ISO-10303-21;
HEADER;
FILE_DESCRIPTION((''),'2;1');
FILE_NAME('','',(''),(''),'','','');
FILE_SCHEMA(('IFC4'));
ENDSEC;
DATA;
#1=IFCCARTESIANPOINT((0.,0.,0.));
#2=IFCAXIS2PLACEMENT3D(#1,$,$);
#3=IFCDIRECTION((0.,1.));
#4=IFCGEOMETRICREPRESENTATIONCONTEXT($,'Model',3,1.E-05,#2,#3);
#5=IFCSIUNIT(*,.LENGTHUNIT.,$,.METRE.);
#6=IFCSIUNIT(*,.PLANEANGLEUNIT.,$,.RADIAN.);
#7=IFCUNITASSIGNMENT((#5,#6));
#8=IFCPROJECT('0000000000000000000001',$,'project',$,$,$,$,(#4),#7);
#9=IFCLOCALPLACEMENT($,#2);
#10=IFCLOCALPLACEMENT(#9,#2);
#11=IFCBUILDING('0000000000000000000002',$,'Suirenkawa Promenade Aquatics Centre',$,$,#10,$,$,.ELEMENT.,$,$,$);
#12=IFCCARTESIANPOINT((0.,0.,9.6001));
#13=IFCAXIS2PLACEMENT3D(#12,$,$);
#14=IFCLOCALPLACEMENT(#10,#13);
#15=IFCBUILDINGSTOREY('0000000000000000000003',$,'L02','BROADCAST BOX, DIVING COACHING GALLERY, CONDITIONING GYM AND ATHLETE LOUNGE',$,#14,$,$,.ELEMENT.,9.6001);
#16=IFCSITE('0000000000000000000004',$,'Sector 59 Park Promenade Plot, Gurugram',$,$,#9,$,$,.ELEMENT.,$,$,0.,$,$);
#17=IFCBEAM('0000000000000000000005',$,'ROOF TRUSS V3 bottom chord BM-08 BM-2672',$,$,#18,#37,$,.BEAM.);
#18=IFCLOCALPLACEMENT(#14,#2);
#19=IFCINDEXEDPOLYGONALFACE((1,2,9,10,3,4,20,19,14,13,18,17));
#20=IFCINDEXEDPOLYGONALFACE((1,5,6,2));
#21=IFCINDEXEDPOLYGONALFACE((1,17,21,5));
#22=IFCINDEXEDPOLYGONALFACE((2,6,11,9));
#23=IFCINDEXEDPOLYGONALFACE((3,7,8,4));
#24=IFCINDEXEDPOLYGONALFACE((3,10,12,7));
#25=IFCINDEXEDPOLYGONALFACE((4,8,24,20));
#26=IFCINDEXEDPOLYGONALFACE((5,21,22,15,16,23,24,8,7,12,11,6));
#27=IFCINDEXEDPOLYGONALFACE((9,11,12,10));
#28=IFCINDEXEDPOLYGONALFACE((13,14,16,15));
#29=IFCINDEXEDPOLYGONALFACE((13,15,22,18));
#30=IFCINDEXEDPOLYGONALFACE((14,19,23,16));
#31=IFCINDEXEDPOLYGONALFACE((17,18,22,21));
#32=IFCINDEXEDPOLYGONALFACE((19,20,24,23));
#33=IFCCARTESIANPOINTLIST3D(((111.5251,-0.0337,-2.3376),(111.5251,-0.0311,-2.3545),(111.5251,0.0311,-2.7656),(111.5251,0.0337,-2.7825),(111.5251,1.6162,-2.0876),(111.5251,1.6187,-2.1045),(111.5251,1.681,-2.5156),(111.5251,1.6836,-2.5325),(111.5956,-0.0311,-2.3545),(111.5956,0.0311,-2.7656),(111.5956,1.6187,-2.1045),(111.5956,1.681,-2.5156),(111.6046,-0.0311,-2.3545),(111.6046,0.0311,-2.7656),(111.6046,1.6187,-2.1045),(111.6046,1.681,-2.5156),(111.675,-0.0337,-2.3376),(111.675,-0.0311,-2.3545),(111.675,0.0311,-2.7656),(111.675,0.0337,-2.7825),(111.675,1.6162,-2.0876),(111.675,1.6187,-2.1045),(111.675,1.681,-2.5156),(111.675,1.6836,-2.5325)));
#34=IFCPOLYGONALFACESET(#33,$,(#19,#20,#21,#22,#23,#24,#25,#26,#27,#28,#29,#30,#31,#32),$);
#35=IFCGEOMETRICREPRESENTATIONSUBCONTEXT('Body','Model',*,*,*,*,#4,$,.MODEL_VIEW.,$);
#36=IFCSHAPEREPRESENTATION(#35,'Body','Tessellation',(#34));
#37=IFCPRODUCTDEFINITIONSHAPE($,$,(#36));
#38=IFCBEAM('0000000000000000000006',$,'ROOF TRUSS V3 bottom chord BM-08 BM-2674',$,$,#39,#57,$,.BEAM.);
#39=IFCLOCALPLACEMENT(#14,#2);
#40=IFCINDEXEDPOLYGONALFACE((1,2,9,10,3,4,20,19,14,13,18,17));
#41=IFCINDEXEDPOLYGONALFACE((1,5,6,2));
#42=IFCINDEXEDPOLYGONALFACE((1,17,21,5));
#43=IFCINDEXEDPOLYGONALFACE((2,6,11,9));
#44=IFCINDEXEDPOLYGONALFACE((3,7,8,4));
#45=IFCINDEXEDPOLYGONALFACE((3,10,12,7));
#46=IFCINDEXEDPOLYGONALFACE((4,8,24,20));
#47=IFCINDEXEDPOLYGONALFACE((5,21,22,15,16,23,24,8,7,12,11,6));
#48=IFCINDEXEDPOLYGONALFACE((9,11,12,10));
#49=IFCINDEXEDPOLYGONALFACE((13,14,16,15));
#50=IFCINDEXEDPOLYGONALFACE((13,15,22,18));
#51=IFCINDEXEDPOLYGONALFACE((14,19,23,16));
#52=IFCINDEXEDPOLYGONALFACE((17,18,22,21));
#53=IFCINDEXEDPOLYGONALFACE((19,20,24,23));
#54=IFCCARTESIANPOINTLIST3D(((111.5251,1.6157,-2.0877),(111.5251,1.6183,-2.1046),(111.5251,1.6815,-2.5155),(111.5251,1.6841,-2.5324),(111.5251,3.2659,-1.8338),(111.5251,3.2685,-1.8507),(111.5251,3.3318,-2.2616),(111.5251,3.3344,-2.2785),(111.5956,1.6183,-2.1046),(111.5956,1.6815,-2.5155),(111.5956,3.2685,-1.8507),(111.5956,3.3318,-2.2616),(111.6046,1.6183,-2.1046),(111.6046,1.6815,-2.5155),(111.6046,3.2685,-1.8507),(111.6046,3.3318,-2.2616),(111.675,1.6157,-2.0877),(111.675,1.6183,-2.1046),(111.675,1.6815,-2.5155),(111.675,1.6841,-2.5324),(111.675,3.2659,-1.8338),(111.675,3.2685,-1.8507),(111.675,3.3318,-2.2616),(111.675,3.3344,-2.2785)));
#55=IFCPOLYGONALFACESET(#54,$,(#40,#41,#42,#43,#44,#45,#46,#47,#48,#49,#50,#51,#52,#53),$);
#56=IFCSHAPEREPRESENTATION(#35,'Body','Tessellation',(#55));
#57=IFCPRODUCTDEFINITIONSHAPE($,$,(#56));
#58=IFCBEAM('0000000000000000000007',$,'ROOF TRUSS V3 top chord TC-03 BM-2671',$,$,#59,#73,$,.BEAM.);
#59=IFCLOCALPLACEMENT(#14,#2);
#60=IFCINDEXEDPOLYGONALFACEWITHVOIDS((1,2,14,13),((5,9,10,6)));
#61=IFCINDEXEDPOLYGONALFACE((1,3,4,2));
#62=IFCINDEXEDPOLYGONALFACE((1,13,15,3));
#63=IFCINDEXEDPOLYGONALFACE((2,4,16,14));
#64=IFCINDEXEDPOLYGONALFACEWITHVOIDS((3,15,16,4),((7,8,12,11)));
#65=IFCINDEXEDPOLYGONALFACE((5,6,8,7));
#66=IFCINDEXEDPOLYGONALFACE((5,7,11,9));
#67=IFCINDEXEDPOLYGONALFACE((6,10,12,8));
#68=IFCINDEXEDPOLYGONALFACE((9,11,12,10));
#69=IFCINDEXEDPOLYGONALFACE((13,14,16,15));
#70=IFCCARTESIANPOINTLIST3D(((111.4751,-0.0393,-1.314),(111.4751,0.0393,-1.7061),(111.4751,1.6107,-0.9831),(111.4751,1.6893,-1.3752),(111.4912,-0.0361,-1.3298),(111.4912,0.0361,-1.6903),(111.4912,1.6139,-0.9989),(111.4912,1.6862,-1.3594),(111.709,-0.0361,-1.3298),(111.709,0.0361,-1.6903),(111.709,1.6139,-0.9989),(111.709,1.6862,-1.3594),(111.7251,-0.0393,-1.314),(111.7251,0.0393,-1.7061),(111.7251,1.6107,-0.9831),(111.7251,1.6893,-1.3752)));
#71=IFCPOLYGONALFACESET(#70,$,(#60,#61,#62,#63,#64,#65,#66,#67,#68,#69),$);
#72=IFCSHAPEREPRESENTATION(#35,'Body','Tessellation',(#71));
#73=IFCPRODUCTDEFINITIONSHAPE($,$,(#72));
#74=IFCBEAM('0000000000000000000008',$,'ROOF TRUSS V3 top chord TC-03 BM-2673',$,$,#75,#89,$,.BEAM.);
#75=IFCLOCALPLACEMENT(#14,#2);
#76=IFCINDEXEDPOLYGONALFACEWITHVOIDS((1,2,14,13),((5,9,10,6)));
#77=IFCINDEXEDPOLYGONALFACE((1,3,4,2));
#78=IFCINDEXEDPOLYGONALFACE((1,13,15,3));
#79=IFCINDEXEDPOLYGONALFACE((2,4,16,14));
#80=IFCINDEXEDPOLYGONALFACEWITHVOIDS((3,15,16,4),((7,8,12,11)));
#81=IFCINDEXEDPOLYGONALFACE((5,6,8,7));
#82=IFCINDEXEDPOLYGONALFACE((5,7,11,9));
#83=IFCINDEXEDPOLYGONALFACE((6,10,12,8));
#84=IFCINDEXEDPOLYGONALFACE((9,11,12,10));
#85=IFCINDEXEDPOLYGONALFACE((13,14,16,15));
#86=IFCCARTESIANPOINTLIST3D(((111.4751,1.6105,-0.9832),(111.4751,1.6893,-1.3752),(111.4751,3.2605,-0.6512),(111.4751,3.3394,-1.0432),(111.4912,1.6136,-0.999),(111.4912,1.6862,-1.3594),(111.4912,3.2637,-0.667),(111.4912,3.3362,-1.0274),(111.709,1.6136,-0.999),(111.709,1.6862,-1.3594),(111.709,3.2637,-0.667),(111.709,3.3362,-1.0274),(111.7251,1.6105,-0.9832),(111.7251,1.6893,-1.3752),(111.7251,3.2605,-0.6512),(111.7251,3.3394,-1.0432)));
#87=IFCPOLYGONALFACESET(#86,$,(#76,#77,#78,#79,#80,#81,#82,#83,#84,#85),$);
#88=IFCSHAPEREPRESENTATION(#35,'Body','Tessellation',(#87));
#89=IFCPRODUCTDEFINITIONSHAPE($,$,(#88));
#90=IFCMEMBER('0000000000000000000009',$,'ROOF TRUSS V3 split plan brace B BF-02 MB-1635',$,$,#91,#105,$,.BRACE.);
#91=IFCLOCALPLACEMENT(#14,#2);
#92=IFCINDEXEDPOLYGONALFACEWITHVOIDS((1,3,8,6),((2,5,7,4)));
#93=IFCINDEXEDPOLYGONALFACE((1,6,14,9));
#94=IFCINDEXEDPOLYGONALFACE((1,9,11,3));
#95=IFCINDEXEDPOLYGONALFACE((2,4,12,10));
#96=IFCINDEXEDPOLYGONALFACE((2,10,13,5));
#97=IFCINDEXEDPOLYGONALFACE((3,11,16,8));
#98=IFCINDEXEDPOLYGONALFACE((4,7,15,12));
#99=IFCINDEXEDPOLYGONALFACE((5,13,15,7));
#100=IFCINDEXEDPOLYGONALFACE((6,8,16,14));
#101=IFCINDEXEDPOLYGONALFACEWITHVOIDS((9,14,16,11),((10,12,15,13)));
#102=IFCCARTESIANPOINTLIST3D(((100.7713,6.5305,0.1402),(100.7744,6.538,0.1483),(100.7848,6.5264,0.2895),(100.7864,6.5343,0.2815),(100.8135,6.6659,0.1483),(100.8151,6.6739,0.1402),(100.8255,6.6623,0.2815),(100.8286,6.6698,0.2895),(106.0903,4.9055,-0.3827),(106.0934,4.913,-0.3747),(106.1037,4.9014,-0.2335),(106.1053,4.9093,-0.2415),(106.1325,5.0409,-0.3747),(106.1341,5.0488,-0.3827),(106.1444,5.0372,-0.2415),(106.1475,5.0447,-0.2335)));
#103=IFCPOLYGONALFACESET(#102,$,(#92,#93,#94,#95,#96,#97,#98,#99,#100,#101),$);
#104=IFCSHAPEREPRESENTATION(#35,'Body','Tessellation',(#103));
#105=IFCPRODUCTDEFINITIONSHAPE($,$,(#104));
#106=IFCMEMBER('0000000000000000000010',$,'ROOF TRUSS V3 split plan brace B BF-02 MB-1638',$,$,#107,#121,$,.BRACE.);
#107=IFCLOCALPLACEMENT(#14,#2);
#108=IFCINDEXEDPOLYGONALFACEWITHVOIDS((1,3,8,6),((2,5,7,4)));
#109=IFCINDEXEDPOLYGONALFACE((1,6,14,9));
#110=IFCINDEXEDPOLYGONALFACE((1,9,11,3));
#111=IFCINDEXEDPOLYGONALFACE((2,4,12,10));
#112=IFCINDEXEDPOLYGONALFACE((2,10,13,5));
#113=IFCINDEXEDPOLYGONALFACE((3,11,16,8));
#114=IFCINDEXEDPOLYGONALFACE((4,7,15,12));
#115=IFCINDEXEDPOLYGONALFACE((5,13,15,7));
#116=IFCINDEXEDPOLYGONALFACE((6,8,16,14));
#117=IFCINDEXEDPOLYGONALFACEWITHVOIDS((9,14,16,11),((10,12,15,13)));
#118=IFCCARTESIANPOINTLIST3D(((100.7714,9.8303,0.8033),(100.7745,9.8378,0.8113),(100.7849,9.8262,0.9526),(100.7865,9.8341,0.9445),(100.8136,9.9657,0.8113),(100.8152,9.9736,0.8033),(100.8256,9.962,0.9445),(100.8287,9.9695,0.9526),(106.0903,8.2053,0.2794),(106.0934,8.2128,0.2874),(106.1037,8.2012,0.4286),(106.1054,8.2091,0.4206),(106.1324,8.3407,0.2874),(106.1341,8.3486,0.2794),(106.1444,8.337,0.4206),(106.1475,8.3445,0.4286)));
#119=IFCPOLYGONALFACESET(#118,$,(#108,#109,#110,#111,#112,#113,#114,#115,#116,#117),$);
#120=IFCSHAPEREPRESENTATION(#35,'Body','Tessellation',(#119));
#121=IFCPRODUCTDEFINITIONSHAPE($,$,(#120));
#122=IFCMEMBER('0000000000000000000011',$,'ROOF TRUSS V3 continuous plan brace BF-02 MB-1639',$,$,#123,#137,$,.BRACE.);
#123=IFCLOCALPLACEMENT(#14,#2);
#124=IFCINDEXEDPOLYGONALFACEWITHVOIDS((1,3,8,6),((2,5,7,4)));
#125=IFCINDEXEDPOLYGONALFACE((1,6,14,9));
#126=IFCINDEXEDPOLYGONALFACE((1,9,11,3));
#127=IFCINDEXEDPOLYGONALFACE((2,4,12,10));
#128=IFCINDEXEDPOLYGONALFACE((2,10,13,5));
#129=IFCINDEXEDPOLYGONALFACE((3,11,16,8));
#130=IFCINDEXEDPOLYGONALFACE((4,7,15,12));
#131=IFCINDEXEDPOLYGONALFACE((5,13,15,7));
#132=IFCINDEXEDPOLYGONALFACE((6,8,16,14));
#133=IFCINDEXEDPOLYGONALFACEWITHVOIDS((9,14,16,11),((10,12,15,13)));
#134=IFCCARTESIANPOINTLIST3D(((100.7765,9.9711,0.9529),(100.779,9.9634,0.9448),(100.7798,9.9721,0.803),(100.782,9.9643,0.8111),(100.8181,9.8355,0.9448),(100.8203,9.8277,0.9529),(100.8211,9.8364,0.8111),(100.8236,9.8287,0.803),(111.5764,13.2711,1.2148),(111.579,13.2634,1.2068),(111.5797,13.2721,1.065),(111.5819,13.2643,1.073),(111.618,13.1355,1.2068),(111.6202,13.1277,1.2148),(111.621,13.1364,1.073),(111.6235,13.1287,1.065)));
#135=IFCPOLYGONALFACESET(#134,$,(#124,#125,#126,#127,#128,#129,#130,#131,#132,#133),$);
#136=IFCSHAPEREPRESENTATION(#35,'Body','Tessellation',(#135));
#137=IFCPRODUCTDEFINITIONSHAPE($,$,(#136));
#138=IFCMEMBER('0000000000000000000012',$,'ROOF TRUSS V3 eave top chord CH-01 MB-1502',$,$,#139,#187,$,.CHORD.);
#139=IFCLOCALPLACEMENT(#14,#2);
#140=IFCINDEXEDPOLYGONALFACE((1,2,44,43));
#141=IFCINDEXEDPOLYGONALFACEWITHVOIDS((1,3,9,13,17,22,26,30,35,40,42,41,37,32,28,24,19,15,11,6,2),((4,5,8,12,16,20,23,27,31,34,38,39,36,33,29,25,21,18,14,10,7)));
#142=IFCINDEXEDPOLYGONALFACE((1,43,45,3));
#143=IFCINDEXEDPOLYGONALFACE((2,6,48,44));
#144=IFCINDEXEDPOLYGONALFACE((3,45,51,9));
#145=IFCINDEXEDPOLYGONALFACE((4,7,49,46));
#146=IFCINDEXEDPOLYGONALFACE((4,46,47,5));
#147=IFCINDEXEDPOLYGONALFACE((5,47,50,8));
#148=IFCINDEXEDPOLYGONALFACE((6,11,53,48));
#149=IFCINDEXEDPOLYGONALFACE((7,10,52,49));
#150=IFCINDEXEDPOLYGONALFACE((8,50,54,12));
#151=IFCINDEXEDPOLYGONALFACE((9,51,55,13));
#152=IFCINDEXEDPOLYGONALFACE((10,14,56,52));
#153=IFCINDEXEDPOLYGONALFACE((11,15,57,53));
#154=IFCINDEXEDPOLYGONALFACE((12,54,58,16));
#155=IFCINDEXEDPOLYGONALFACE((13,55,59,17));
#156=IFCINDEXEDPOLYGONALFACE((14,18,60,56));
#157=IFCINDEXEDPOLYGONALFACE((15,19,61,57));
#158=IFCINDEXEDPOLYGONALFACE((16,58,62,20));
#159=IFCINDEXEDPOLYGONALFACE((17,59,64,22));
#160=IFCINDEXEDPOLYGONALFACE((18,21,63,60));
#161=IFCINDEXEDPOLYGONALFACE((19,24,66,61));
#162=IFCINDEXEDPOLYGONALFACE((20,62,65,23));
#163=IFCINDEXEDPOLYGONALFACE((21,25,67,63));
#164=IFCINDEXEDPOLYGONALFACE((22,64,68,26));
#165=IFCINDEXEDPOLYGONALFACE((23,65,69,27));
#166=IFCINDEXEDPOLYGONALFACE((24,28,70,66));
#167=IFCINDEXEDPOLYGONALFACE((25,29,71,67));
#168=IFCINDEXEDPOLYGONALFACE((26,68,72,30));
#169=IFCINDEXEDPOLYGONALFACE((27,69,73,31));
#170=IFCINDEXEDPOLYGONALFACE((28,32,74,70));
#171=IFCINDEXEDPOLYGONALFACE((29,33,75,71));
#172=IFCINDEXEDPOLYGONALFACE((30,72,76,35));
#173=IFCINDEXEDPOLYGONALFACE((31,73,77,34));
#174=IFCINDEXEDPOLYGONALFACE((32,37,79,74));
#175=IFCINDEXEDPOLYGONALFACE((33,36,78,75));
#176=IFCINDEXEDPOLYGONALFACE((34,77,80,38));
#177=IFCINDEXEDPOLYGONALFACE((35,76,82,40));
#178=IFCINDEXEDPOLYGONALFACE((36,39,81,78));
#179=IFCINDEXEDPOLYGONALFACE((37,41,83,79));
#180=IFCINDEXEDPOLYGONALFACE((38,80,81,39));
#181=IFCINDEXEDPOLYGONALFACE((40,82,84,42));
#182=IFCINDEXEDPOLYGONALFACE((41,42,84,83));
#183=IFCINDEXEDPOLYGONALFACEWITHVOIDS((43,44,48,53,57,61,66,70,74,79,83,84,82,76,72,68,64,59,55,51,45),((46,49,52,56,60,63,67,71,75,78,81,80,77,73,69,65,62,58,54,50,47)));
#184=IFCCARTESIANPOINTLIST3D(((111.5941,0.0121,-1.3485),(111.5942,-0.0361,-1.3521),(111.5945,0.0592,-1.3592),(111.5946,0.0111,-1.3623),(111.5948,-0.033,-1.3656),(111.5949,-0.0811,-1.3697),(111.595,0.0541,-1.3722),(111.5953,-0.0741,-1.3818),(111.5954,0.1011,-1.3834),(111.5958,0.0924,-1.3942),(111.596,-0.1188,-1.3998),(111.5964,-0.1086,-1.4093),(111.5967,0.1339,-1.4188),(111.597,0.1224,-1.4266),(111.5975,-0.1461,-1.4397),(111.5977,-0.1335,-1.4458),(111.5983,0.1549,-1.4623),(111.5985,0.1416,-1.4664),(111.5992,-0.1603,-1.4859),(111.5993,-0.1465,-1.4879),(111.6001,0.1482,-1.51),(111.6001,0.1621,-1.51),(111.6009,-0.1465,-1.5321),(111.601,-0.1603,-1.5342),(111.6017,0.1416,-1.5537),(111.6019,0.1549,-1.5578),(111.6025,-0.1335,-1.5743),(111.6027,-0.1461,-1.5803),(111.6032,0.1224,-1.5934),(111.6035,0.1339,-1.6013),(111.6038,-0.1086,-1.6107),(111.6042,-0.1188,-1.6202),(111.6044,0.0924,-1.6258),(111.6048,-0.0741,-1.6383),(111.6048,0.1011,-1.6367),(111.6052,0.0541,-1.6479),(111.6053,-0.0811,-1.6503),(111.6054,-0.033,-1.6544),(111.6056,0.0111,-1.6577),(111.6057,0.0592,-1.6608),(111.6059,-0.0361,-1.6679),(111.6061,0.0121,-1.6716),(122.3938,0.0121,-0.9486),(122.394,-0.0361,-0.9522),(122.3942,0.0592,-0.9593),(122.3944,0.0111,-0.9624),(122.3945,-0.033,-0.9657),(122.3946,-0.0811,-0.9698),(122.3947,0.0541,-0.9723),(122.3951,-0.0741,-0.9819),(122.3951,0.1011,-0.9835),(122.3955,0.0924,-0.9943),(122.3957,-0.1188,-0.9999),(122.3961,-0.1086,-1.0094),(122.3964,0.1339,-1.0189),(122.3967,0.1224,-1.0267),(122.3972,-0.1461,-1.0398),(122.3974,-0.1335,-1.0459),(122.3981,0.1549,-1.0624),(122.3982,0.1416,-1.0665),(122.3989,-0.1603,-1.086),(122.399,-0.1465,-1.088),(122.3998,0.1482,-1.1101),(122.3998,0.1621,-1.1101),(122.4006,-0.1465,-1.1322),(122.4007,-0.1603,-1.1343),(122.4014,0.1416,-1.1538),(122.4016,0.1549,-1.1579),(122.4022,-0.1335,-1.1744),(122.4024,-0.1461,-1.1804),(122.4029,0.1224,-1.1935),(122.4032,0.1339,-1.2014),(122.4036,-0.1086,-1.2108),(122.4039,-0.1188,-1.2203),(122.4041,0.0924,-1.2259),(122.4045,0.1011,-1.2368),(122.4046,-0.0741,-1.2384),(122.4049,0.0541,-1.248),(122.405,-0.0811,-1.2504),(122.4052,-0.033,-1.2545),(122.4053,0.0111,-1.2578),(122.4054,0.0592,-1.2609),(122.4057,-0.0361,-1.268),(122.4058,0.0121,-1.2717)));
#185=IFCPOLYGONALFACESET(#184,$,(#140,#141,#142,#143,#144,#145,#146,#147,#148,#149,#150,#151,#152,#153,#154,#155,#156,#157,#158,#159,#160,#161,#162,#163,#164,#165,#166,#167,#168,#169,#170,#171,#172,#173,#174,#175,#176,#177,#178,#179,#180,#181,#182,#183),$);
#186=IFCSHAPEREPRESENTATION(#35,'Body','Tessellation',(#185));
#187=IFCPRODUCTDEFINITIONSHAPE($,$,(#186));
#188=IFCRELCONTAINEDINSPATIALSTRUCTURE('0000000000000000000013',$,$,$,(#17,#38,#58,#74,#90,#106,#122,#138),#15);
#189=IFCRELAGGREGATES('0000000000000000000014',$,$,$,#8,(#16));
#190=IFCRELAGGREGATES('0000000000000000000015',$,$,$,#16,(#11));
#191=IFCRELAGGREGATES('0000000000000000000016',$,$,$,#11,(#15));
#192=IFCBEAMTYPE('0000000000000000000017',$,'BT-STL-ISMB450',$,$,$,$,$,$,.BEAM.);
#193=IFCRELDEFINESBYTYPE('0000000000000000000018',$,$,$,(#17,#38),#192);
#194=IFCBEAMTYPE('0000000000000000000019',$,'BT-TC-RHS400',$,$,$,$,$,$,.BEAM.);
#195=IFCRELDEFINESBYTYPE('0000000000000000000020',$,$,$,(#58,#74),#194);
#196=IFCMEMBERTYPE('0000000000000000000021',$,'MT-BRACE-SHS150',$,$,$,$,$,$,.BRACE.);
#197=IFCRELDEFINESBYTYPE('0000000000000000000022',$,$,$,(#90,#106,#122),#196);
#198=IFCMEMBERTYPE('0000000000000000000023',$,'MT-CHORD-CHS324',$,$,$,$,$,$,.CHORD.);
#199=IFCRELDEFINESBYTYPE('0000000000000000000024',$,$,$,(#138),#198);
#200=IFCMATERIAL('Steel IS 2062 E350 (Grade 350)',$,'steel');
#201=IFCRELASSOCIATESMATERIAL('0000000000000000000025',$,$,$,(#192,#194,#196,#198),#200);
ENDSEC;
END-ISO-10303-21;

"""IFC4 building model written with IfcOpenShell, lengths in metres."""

from ifc_helpers import new_model, si_unit, direction, frame, origin, origin_2d, place, context, subcontext, project, spatial, hollow_rectangle, hollow_circle, i_section, extrude, material, material_profile, profile_set, type_object, element, save


model = new_model("IFC4")

# Units and contexts
model_context = context("Model", 3, precision=1e-05, world=origin(), true_north=direction((0.0, 1.0)))
body_context = subcontext(model_context, "Body", "Model", "MODEL_VIEW")
ifc_project = project(units=[si_unit("LENGTHUNIT", "METRE"), si_unit("PLANEANGLEUNIT", "RADIAN")], contexts=[model_context])

# Site, building, storey
site_placement = place(None, origin())
site = spatial("IfcSite", under=ifc_project, at=site_placement, Name="Sector 59 Park Promenade Plot, Gurugram", CompositionType="ELEMENT", RefElevation=0.0)
building_placement = place(site_placement, origin())
building = spatial("IfcBuilding", under=site, at=building_placement, Name="Suirenkawa Promenade Aquatics Centre", CompositionType="ELEMENT")
storey_placement = place(building_placement, frame((0.0, 0.0, 9.6001)))
storey = spatial("IfcBuildingStorey", under=building, at=storey_placement, Name="L02", Description="BROADCAST BOX, DIVING COACHING GALLERY, CONDITIONING GYM AND ATHLETE LOUNGE", CompositionType="ELEMENT", Elevation=9.6001)

# Beams
ifc_material_1 = material(Name="Steel IS 2062 E350 (Grade 350)", Category="steel")
ifc_material_profile_1 = material_profile(ifc_material_1, i_section(OverallWidth=0.1499, OverallDepth=0.45, WebThickness=0.009, FlangeThickness=0.0171, at=origin_2d()), Name="ISMB 450", Category="steel")
ifc_profile_set_1 = profile_set([ifc_material_profile_1], Name="Steel IS 2062 E350 (Grade 350)")
beam_type_1 = type_object("IfcBeamType", Name="BT-STL-ISMB450", PredefinedType="BEAM", material=ifc_profile_set_1)
beam_1_placement = place(storey_placement, frame((111.6001, 0.0, -2.5601), z_axis=(0.0, 0.988714, 0.149814), x_axis=(-1.0, 0.0, 0.0)))
element("IfcBeam", 1, at=beam_1_placement, inside=storey, type_object=beam_type_1, Name="ROOF TRUSS V3 bottom chord BM-08 BM-2672", PredefinedType="BEAM", context=body_context, shape_type="SweptSolid", body=[
    extrude(i_section(OverallWidth=0.1499, OverallDepth=0.45, WebThickness=0.009, FlangeThickness=0.0171, at=origin_2d()), origin(), (0.0, 0.0, 1.0), 1.6687),
])
beam_2_placement = place(storey_placement, frame((111.6001, 1.6499, -2.3101), z_axis=(0.0, 0.988368, 0.152079), x_axis=(-1.0, 0.0, 0.0)))
element("IfcBeam", 2, at=beam_2_placement, inside=storey, type_object=beam_type_1, Name="ROOF TRUSS V3 bottom chord BM-08 BM-2674", PredefinedType="BEAM", context=body_context, shape_type="SweptSolid", body=[
    extrude(i_section(OverallWidth=0.1499, OverallDepth=0.45, WebThickness=0.009, FlangeThickness=0.0171, at=origin_2d()), origin(), (0.0, 0.0, 1.0), 1.6697),
])
ifc_material_profile_2 = material_profile(ifc_material_1, hollow_rectangle(XDim=0.25, YDim=0.3999, WallThickness=0.0161, at=origin_2d()), Name="RHS 400x250x16", Category="steel")
ifc_profile_set_2 = profile_set([ifc_material_profile_2], Name="Steel IS 2062 E350 (Grade 350)")
beam_type_2 = type_object("IfcBeamType", Name="BT-TC-RHS400", PredefinedType="BEAM", material=ifc_profile_set_2)
beam_3_placement = place(storey_placement, frame((111.6001, 0.0, -1.51), z_axis=(0.0, 0.980486, 0.19659), x_axis=(-1.0, 0.0, 0.0)))
element("IfcBeam", 3, at=beam_3_placement, inside=storey, type_object=beam_type_2, Name="ROOF TRUSS V3 top chord TC-03 BM-2671", PredefinedType="BEAM", context=body_context, shape_type="SweptSolid", body=[
    extrude(hollow_rectangle(XDim=0.25, YDim=0.3999, WallThickness=0.0161, at=origin_2d()), origin(), (0.0, 0.0, 1.0), 1.6829),
])
beam_4_placement = place(storey_placement, frame((111.6001, 1.6499, -1.1792), z_axis=(0.0, 0.980351, 0.19726), x_axis=(-1.0, 0.0, 0.0)))
element("IfcBeam", 4, at=beam_4_placement, inside=storey, type_object=beam_type_2, Name="ROOF TRUSS V3 top chord TC-03 BM-2673", PredefinedType="BEAM", context=body_context, shape_type="SweptSolid", body=[
    extrude(hollow_rectangle(XDim=0.25, YDim=0.3999, WallThickness=0.0161, at=origin_2d()), origin(), (0.0, 0.0, 1.0), 1.6831),
])

# Members
ifc_material_profile_3 = material_profile(ifc_material_1, hollow_rectangle(XDim=0.1499, YDim=0.1499, WallThickness=0.0081, at=origin_2d()), Name="SHS 150x150x8", Category="steel")
ifc_profile_set_3 = profile_set([ifc_material_profile_3], Name="Steel IS 2062 E350 (Grade 350)")
member_type_1 = type_object("IfcMemberType", Name="MT-BRACE-SHS150", PredefinedType="BRACE", material=ifc_profile_set_3)
for number, where, z_axis, x_axis, name in (
    (5, (106.1189, 4.9751, -0.3081), (-0.952162, 0.290902, 0.093617), (-0.292185, -0.956362, 0.0), "ROOF TRUSS V3 split plan brace B BF-02 MB-1635"),
    (6, (106.1189, 8.2749, 0.354), (-0.952146, 0.290897, 0.09379), (-0.292185, -0.956362, 0.0), "ROOF TRUSS V3 split plan brace B BF-02 MB-1638"),
):
    element("IfcMember", number, at=place(storey_placement, frame(where, z_axis=z_axis, x_axis=x_axis)), inside=storey, type_object=member_type_1, Name=name, PredefinedType="BRACE", context=body_context, shape_type="SweptSolid", body=[
        extrude(hollow_rectangle(XDim=0.1499, YDim=0.1499, WallThickness=0.0081, at=origin_2d()), origin(), (0.0, 0.0, 1.0), 5.5862),
    ])
member_1_placement = place(storey_placement, frame((100.8, 9.8999, 0.8779), z_axis=(0.956094, 0.292143, 0.023191), x_axis=(-0.292221, 0.956351, 0.0)))
element("IfcMember", 7, at=member_1_placement, inside=storey, type_object=member_type_1, Name="ROOF TRUSS V3 continuous plan brace BF-02 MB-1639", PredefinedType="BRACE", context=body_context, shape_type="SweptSolid", body=[
    extrude(hollow_rectangle(XDim=0.1499, YDim=0.1499, WallThickness=0.0081, at=origin_2d()), origin(), (0.0, 0.0, 1.0), 11.2959),
])
ifc_material_profile_4 = material_profile(ifc_material_1, hollow_circle(Radius=0.1621, WallThickness=0.0139, at=origin_2d()), Name="CHS 324x14", Category="steel")
ifc_profile_set_4 = profile_set([ifc_material_profile_4], Name="Steel IS 2062 E350 (Grade 350)")
member_type_2 = type_object("IfcMemberType", Name="MT-CHORD-CHS324", PredefinedType="CHORD", material=ifc_profile_set_4)
member_2_placement = place(storey_placement, frame((111.6001, 0.0, -1.51), z_axis=(0.999315, 0.0, 0.037003), x_axis=(0.0, 1.0, 0.0)))
element("IfcMember", 8, at=member_2_placement, inside=storey, type_object=member_type_2, Name="ROOF TRUSS V3 eave top chord CH-01 MB-1502", PredefinedType="CHORD", context=body_context, shape_type="SweptSolid", body=[
    extrude(hollow_circle(Radius=0.1621, WallThickness=0.0139, at=origin_2d()), origin(), (0.0, 0.0, 1.0), 10.8071),
])

save(model, "model.ifc")
